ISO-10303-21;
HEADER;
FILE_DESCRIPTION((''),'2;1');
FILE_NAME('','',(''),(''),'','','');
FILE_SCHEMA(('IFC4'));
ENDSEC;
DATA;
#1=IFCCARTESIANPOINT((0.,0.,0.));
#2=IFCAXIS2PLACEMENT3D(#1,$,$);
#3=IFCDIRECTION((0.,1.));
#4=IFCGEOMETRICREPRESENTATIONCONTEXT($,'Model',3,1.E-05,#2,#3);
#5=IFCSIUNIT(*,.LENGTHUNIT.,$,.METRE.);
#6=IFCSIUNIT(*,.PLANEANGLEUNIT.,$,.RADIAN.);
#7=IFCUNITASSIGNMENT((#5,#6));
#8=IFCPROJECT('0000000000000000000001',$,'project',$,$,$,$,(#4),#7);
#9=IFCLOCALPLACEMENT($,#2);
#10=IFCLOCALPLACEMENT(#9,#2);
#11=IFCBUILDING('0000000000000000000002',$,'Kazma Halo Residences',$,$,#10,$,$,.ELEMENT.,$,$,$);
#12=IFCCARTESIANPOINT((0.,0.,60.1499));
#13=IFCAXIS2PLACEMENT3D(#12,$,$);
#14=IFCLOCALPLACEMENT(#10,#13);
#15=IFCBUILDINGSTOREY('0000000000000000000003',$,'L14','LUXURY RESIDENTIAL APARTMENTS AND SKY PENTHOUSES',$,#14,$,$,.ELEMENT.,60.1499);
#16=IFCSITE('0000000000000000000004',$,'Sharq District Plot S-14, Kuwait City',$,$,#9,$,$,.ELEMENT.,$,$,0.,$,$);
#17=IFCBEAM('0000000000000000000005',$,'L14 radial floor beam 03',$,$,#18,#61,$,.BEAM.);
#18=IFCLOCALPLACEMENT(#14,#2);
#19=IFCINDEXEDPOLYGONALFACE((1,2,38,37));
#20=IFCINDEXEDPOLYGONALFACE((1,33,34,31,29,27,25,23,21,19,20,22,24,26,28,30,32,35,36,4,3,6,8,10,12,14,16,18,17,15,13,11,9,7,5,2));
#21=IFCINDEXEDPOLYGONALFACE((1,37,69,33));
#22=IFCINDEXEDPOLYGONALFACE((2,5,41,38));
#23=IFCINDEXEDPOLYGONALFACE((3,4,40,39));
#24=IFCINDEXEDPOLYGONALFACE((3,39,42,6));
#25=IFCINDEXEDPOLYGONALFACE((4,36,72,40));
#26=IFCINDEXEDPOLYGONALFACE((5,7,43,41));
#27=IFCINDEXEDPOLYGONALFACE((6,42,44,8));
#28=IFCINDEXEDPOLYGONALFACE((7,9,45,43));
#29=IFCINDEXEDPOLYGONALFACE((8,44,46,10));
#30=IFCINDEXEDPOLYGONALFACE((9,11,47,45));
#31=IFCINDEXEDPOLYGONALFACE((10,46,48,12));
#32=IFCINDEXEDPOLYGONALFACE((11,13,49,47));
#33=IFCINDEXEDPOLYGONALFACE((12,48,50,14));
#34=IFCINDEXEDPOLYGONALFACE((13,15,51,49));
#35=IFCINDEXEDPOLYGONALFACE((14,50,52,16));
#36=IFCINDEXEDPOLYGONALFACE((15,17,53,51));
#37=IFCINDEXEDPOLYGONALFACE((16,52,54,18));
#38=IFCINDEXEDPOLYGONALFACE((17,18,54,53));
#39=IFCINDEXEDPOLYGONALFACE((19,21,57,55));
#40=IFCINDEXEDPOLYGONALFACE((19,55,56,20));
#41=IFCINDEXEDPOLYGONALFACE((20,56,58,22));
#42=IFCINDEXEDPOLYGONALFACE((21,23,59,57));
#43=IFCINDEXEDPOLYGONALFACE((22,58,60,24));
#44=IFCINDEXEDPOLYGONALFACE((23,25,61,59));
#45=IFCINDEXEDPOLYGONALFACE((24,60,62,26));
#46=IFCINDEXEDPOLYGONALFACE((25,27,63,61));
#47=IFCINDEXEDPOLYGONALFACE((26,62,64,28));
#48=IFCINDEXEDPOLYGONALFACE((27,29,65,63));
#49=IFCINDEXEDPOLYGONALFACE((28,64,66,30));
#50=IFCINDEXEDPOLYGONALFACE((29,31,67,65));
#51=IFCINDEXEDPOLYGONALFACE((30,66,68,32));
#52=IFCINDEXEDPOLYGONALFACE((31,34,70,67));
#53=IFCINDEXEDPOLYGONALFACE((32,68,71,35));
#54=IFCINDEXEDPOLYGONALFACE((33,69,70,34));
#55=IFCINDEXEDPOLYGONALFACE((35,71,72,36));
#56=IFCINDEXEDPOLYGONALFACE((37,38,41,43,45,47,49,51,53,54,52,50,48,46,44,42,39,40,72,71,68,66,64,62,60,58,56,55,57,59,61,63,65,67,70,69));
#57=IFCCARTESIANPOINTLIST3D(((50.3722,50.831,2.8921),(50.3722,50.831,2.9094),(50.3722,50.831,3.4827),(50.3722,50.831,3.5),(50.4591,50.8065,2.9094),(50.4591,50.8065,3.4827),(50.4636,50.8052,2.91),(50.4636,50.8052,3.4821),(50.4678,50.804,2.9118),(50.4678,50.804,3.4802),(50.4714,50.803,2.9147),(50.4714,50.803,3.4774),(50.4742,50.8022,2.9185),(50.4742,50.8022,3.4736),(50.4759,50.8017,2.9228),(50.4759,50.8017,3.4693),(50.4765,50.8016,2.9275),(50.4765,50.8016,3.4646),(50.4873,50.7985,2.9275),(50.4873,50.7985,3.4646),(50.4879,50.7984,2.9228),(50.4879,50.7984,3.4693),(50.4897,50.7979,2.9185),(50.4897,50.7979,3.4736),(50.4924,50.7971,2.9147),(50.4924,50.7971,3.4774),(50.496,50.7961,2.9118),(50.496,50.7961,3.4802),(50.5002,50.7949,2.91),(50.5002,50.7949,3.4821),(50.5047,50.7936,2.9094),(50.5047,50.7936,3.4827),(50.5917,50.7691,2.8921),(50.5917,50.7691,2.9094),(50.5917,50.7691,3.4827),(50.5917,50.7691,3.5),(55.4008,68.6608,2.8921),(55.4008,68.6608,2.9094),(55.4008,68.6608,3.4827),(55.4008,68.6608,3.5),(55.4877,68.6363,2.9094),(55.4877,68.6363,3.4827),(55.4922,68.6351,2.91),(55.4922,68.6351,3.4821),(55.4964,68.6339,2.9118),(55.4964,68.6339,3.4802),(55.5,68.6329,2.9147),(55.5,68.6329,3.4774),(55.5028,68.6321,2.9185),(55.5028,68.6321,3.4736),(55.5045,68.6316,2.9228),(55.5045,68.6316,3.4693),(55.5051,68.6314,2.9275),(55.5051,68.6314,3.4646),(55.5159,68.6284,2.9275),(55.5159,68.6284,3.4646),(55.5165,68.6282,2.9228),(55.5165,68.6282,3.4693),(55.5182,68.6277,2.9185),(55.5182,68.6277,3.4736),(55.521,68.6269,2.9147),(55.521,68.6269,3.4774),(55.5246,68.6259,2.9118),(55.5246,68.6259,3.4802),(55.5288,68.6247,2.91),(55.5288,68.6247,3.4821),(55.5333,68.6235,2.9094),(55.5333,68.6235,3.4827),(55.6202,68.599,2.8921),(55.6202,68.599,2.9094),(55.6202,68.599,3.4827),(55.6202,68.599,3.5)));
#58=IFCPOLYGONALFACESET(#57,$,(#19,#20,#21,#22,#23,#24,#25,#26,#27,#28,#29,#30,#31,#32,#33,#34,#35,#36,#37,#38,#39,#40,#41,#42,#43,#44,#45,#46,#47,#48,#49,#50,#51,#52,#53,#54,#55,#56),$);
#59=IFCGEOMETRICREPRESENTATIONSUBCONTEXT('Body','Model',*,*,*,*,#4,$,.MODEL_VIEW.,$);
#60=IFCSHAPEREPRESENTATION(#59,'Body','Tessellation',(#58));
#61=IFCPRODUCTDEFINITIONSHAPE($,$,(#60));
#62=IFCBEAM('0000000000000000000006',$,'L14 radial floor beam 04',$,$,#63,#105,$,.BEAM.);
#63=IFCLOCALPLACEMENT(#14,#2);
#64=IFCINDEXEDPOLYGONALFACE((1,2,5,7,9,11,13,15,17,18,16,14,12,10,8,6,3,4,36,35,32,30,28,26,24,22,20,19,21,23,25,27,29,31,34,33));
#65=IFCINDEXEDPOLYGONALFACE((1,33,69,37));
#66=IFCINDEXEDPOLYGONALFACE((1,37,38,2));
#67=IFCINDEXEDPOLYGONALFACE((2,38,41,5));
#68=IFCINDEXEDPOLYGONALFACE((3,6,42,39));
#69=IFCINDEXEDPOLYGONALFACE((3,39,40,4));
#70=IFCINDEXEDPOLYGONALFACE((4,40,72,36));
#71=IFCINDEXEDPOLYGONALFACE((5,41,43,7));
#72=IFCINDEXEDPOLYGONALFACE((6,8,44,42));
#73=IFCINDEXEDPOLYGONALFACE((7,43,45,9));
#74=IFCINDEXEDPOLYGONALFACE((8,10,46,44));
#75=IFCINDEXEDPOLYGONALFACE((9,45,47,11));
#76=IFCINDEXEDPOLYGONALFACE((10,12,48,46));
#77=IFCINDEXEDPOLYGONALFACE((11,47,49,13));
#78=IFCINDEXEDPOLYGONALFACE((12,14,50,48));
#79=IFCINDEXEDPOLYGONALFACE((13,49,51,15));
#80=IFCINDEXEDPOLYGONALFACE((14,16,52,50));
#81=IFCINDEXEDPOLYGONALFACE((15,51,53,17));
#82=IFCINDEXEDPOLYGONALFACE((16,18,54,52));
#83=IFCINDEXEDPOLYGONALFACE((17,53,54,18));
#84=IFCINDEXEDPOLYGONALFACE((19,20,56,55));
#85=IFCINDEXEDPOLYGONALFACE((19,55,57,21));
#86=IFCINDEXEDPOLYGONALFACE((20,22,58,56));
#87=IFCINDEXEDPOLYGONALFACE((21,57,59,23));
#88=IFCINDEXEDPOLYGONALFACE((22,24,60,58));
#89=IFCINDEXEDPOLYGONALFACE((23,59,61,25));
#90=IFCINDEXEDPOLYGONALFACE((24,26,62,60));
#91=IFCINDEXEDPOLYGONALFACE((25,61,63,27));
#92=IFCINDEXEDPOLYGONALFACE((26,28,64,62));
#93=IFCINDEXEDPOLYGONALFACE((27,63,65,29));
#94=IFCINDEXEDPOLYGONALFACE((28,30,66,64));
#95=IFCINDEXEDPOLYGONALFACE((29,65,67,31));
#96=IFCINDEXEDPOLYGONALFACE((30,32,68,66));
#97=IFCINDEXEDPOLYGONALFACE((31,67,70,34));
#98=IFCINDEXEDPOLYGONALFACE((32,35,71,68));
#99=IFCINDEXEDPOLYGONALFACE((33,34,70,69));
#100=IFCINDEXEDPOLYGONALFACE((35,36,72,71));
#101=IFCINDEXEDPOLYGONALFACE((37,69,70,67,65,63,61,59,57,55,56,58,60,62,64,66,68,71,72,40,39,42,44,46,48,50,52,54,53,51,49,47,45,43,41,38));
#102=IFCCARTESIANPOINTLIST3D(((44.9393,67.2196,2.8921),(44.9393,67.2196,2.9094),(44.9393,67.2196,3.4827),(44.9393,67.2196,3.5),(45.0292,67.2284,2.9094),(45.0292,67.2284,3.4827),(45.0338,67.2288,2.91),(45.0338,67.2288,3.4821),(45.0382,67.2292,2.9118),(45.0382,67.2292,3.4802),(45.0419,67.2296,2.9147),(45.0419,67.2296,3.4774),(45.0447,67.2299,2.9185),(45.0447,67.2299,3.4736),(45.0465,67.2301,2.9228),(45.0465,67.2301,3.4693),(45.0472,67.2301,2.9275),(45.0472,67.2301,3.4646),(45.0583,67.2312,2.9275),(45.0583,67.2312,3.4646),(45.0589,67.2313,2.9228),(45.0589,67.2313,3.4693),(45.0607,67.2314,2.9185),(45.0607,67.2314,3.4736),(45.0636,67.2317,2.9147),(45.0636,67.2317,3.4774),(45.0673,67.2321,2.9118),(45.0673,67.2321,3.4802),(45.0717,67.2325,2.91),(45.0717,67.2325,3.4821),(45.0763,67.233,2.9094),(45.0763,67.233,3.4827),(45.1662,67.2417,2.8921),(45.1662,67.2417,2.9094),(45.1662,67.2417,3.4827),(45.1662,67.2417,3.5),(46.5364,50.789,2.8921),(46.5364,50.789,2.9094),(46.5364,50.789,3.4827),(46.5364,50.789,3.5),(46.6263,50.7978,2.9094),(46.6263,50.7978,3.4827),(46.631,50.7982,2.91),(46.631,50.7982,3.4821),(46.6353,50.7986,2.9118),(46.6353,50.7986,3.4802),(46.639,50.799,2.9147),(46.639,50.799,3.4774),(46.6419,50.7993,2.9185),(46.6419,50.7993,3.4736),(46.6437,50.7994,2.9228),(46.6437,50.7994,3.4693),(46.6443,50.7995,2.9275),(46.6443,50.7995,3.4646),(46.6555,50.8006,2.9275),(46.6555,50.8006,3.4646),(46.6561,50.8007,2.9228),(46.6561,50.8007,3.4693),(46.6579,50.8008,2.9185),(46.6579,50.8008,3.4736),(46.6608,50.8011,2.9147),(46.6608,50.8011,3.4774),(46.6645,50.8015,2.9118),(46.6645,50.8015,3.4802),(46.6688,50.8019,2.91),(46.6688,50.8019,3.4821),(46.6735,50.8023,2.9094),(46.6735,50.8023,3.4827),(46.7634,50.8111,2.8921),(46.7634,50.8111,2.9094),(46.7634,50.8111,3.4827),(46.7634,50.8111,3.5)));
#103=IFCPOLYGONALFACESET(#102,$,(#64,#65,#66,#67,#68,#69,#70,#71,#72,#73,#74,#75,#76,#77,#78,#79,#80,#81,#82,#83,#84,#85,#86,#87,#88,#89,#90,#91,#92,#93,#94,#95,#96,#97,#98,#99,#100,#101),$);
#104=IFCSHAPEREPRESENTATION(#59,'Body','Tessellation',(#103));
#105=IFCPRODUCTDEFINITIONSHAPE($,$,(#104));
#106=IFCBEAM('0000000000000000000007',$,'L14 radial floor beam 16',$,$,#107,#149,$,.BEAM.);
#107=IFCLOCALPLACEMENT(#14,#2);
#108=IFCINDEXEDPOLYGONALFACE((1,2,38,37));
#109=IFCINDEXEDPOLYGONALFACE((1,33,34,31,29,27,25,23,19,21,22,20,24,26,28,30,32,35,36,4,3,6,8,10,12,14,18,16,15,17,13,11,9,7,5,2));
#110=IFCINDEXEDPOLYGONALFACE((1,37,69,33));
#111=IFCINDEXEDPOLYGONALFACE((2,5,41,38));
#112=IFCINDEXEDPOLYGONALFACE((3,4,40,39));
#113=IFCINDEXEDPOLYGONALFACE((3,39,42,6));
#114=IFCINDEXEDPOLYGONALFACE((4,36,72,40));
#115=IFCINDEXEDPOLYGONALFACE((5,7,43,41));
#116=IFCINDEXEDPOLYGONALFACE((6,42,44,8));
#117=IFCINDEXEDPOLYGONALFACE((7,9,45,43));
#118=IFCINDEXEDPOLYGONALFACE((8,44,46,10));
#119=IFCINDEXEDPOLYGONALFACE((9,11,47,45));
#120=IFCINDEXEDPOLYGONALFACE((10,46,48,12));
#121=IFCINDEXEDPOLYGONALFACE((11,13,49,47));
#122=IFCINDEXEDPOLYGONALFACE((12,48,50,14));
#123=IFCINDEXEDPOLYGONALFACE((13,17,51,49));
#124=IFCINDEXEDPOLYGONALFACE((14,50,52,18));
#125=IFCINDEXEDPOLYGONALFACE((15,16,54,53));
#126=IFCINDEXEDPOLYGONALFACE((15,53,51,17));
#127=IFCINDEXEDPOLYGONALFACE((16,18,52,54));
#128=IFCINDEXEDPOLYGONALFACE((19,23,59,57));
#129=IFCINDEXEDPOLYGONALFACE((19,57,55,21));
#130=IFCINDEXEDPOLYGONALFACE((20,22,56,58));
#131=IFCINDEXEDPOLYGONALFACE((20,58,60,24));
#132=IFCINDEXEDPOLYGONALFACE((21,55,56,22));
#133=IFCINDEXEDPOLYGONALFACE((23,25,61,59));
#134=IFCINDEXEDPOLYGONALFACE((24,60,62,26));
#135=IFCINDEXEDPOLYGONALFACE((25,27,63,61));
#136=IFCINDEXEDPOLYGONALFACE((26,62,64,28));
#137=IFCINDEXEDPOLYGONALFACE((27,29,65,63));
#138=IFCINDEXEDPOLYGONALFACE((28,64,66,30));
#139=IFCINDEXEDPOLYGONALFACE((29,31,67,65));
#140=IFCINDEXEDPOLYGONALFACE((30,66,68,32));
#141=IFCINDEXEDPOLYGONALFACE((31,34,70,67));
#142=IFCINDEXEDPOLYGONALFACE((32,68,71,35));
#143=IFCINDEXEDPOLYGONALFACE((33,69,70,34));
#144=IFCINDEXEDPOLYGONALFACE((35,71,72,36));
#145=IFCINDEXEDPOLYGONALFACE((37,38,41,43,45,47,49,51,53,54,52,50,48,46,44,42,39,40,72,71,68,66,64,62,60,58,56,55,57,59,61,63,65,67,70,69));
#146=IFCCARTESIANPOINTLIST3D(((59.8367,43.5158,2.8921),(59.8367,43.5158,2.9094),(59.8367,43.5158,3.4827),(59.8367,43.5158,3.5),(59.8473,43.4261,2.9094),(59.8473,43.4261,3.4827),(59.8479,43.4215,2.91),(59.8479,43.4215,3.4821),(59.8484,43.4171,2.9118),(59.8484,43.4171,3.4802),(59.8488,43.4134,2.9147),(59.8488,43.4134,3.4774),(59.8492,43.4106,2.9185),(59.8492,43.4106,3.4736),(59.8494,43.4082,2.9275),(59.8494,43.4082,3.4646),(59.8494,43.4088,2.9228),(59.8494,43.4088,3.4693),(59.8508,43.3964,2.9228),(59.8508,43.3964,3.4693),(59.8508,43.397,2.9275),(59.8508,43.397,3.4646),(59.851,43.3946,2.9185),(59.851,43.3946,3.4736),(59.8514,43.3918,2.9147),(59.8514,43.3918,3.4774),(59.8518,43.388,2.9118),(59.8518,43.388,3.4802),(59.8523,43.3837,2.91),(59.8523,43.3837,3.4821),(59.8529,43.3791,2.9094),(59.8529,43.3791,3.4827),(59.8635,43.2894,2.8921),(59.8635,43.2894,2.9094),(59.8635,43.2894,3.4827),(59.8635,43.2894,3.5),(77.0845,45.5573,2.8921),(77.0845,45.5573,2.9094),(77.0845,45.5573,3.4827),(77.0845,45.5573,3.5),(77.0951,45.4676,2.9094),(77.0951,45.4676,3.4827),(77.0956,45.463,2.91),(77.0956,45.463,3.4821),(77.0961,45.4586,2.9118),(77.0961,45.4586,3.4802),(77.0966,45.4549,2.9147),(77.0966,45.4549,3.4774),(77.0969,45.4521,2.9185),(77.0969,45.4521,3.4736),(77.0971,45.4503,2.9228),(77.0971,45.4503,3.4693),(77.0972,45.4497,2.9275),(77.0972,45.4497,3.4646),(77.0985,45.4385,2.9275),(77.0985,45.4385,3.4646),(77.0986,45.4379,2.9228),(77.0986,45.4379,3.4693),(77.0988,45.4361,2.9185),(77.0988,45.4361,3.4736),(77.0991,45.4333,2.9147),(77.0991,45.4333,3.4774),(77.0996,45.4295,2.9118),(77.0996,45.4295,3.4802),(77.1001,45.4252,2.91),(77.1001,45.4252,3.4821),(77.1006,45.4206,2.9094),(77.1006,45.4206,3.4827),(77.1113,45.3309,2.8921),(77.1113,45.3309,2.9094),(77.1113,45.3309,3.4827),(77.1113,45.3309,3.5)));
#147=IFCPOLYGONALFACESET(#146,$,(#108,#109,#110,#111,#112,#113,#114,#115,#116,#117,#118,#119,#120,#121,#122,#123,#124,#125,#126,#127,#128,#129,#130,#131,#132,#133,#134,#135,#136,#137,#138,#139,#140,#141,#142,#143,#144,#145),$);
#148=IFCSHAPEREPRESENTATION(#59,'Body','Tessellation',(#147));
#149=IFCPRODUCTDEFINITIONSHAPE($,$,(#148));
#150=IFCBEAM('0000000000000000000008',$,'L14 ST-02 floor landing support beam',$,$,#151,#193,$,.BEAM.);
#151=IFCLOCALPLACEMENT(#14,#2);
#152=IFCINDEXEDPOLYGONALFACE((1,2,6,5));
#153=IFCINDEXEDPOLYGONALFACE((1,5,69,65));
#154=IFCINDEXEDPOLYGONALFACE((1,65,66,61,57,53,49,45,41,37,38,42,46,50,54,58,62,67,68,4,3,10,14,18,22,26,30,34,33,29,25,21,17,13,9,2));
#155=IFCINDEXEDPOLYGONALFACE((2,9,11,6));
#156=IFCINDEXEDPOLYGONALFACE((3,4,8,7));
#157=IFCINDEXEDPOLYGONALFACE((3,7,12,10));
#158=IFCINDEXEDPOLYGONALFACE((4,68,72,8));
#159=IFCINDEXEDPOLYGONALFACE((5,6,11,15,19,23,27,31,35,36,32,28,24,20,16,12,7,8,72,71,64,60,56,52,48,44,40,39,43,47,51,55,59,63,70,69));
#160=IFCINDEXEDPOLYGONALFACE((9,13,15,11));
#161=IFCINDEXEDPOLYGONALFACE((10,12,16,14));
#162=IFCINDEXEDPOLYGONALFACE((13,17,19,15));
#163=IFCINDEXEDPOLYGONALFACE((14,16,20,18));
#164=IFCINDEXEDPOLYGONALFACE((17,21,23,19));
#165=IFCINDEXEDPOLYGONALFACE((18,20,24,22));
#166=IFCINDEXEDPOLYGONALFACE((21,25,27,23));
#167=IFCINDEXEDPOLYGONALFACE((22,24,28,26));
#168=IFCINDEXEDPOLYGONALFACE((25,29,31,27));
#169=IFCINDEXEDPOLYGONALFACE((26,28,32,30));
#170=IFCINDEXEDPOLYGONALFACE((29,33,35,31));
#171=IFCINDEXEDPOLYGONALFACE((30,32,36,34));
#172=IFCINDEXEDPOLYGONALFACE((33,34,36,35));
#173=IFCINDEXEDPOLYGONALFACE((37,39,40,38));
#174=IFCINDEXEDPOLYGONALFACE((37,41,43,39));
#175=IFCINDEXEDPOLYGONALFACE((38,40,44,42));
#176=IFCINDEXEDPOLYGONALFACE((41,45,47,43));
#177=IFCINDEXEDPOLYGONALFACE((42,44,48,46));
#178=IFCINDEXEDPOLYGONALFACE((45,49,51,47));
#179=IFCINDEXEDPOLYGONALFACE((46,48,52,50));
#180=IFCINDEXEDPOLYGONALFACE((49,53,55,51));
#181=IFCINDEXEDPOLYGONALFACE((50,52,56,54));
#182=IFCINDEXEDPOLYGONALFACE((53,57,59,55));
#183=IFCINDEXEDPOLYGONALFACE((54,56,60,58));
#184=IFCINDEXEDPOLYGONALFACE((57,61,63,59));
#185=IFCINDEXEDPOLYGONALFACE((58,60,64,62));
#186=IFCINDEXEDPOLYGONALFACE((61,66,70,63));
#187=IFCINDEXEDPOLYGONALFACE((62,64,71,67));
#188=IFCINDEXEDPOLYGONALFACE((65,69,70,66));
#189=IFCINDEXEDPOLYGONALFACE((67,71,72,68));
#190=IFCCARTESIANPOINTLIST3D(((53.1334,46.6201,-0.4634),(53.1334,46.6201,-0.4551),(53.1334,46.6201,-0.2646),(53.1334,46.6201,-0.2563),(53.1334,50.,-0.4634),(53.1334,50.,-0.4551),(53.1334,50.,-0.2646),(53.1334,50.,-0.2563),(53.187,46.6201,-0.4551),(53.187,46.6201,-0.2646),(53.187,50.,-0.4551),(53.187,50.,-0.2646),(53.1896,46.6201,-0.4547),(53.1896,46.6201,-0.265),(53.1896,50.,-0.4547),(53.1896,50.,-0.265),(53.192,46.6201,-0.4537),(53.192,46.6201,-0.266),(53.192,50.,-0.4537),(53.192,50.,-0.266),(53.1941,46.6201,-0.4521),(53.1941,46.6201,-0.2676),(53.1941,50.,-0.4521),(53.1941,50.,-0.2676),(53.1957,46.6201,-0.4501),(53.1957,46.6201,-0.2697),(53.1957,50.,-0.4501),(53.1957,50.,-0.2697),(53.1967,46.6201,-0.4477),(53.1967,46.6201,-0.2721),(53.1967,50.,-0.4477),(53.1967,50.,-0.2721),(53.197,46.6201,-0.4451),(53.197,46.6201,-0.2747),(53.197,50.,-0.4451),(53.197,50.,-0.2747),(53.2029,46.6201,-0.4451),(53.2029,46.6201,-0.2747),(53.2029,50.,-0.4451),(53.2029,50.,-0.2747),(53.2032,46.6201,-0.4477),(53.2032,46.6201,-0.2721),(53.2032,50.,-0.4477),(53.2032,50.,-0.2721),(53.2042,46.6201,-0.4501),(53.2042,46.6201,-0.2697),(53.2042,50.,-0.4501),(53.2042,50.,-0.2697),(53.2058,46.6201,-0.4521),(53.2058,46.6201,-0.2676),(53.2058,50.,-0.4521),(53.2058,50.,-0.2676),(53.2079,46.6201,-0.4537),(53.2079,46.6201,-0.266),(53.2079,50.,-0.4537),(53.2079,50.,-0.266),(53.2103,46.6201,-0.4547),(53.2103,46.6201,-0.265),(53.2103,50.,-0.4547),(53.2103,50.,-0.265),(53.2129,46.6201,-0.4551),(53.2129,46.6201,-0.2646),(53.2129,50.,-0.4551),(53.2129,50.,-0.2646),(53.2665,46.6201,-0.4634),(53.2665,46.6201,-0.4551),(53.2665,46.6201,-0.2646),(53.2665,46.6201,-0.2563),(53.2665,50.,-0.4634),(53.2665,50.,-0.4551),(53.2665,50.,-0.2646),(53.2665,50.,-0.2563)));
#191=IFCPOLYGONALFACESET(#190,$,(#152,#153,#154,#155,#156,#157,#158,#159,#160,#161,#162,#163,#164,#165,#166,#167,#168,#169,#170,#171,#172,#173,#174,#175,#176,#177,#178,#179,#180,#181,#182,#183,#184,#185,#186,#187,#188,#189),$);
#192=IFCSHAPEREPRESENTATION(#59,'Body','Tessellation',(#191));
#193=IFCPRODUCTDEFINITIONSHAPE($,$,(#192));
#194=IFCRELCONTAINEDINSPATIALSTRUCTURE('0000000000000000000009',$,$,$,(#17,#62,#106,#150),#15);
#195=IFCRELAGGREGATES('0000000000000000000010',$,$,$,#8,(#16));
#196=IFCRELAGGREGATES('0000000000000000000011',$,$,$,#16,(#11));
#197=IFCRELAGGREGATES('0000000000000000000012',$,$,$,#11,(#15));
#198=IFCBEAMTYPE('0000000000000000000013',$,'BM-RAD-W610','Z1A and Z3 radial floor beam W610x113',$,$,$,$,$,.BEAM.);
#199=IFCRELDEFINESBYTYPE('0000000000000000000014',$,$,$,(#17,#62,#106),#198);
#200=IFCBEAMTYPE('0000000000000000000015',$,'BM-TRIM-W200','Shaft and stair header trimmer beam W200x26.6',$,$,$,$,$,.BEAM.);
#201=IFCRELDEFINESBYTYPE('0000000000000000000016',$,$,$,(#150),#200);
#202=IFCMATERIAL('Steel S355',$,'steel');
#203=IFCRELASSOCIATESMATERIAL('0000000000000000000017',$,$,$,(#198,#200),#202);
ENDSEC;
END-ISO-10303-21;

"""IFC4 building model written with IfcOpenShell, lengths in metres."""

from ifc_helpers import new_model, si_unit, direction, frame, origin, origin_2d, place, context, subcontext, project, spatial, i_section, extrude, material, material_profile, profile_set, type_object, element, save


model = new_model("IFC4")

# Units and contexts
model_context = context("Model", 3, precision=1e-05, world=origin(), true_north=direction((0.0, 1.0)))
body_context = subcontext(model_context, "Body", "Model", "MODEL_VIEW")
ifc_project = project(units=[si_unit("LENGTHUNIT", "METRE"), si_unit("PLANEANGLEUNIT", "RADIAN")], contexts=[model_context])

# Site, building, storey
site_placement = place(None, origin())
site = spatial("IfcSite", under=ifc_project, at=site_placement, Name="Sharq District Plot S-14, Kuwait City", CompositionType="ELEMENT", RefElevation=0.0)
building_placement = place(site_placement, origin())
building = spatial("IfcBuilding", under=site, at=building_placement, Name="Kazma Halo Residences", CompositionType="ELEMENT")
storey_placement = place(building_placement, frame((0.0, 0.0, 60.1499)))
storey = spatial("IfcBuildingStorey", under=building, at=storey_placement, Name="L14", Description="LUXURY RESIDENTIAL APARTMENTS AND SKY PENTHOUSES", CompositionType="ELEMENT", Elevation=60.1499)

# Shared definitions
ifc_material_1 = material(Name="Steel S355", Category="steel")

# Beams
ifc_material_profile_1 = material_profile(ifc_material_1, i_section(OverallWidth=0.228, OverallDepth=0.6079, WebThickness=0.0112, FlangeThickness=0.0173, FilletRadius=0.0181, at=origin_2d()), Name="W610x113")
ifc_profile_set_1 = profile_set([ifc_material_profile_1], Name="Steel S355")
beam_type_1 = type_object("IfcBeamType", Name="BM-RAD-W610", Description="Z1A and Z3 radial floor beam W610x113", PredefinedType="BEAM", material=ifc_profile_set_1)
beam_1_placement = place(storey_placement, frame((50.4819, 50.8, 3.196), z_axis=(0.271442, 0.962455, 0.0), x_axis=(-0.962455, 0.271442, 0.0)))
element("IfcBeam", 1, at=beam_1_placement, inside=storey, type_object=beam_type_1, Name="L14 radial floor beam 03", PredefinedType="BEAM", context=body_context, shape_type="SweptSolid", body=[
    extrude(i_section(OverallWidth=0.228, OverallDepth=0.6079, WebThickness=0.0112, FlangeThickness=0.0173, FilletRadius=0.0181, at=origin_2d()), origin(), (0.0, 0.0, 1.0), 18.5254),
])
beam_2_placement = place(storey_placement, frame((46.6499, 50.8, 3.196), z_axis=(-0.096751, 0.995309, 0.0), x_axis=(-0.995309, -0.096751, 0.0)))
element("IfcBeam", 2, at=beam_2_placement, inside=storey, type_object=beam_type_1, Name="L14 radial floor beam 04", PredefinedType="BEAM", context=body_context, shape_type="SweptSolid", body=[
    extrude(i_section(OverallWidth=0.228, OverallDepth=0.6079, WebThickness=0.0112, FlangeThickness=0.0173, FilletRadius=0.0181, at=origin_2d()), origin(), (0.0, 0.0, 1.0), 16.5081),
])
beam_3_placement = place(storey_placement, frame((59.8501, 43.4026, 3.196), z_axis=(0.993068, 0.117543, 0.0), x_axis=(-0.117543, 0.993068, 0.0)))
element("IfcBeam", 3, at=beam_3_placement, inside=storey, type_object=beam_type_1, Name="L14 radial floor beam 16", PredefinedType="BEAM", context=body_context, shape_type="SweptSolid", body=[
    extrude(i_section(OverallWidth=0.228, OverallDepth=0.6079, WebThickness=0.0112, FlangeThickness=0.0173, FilletRadius=0.0181, at=origin_2d()), origin(), (0.0, 0.0, 1.0), 17.3682),
])
ifc_material_profile_2 = material_profile(ifc_material_1, i_section(OverallWidth=0.1331, OverallDepth=0.207, WebThickness=0.0059, FlangeThickness=0.0083, FilletRadius=0.01, at=origin_2d()), Name="W200x26.6")
ifc_profile_set_2 = profile_set([ifc_material_profile_2], Name="Steel S355")
beam_type_2 = type_object("IfcBeamType", Name="BM-TRIM-W200", Description="Shaft and stair header trimmer beam W200x26.6", PredefinedType="BEAM", material=ifc_profile_set_2)
beam_4_placement = place(storey_placement, frame((53.2, 46.6201, -0.3599), z_axis=(0.0, 1.0, 0.0), x_axis=(-1.0, 0.0, 0.0)))
element("IfcBeam", 4, at=beam_4_placement, inside=storey, type_object=beam_type_2, Name="L14 ST-02 floor landing support beam", PredefinedType="BEAM", context=body_context, shape_type="SweptSolid", body=[
    extrude(i_section(OverallWidth=0.1331, OverallDepth=0.207, WebThickness=0.0059, FlangeThickness=0.0083, FilletRadius=0.01, at=origin_2d()), origin(), (0.0, 0.0, 1.0), 3.3799),
])

save(model, "model.ifc")
